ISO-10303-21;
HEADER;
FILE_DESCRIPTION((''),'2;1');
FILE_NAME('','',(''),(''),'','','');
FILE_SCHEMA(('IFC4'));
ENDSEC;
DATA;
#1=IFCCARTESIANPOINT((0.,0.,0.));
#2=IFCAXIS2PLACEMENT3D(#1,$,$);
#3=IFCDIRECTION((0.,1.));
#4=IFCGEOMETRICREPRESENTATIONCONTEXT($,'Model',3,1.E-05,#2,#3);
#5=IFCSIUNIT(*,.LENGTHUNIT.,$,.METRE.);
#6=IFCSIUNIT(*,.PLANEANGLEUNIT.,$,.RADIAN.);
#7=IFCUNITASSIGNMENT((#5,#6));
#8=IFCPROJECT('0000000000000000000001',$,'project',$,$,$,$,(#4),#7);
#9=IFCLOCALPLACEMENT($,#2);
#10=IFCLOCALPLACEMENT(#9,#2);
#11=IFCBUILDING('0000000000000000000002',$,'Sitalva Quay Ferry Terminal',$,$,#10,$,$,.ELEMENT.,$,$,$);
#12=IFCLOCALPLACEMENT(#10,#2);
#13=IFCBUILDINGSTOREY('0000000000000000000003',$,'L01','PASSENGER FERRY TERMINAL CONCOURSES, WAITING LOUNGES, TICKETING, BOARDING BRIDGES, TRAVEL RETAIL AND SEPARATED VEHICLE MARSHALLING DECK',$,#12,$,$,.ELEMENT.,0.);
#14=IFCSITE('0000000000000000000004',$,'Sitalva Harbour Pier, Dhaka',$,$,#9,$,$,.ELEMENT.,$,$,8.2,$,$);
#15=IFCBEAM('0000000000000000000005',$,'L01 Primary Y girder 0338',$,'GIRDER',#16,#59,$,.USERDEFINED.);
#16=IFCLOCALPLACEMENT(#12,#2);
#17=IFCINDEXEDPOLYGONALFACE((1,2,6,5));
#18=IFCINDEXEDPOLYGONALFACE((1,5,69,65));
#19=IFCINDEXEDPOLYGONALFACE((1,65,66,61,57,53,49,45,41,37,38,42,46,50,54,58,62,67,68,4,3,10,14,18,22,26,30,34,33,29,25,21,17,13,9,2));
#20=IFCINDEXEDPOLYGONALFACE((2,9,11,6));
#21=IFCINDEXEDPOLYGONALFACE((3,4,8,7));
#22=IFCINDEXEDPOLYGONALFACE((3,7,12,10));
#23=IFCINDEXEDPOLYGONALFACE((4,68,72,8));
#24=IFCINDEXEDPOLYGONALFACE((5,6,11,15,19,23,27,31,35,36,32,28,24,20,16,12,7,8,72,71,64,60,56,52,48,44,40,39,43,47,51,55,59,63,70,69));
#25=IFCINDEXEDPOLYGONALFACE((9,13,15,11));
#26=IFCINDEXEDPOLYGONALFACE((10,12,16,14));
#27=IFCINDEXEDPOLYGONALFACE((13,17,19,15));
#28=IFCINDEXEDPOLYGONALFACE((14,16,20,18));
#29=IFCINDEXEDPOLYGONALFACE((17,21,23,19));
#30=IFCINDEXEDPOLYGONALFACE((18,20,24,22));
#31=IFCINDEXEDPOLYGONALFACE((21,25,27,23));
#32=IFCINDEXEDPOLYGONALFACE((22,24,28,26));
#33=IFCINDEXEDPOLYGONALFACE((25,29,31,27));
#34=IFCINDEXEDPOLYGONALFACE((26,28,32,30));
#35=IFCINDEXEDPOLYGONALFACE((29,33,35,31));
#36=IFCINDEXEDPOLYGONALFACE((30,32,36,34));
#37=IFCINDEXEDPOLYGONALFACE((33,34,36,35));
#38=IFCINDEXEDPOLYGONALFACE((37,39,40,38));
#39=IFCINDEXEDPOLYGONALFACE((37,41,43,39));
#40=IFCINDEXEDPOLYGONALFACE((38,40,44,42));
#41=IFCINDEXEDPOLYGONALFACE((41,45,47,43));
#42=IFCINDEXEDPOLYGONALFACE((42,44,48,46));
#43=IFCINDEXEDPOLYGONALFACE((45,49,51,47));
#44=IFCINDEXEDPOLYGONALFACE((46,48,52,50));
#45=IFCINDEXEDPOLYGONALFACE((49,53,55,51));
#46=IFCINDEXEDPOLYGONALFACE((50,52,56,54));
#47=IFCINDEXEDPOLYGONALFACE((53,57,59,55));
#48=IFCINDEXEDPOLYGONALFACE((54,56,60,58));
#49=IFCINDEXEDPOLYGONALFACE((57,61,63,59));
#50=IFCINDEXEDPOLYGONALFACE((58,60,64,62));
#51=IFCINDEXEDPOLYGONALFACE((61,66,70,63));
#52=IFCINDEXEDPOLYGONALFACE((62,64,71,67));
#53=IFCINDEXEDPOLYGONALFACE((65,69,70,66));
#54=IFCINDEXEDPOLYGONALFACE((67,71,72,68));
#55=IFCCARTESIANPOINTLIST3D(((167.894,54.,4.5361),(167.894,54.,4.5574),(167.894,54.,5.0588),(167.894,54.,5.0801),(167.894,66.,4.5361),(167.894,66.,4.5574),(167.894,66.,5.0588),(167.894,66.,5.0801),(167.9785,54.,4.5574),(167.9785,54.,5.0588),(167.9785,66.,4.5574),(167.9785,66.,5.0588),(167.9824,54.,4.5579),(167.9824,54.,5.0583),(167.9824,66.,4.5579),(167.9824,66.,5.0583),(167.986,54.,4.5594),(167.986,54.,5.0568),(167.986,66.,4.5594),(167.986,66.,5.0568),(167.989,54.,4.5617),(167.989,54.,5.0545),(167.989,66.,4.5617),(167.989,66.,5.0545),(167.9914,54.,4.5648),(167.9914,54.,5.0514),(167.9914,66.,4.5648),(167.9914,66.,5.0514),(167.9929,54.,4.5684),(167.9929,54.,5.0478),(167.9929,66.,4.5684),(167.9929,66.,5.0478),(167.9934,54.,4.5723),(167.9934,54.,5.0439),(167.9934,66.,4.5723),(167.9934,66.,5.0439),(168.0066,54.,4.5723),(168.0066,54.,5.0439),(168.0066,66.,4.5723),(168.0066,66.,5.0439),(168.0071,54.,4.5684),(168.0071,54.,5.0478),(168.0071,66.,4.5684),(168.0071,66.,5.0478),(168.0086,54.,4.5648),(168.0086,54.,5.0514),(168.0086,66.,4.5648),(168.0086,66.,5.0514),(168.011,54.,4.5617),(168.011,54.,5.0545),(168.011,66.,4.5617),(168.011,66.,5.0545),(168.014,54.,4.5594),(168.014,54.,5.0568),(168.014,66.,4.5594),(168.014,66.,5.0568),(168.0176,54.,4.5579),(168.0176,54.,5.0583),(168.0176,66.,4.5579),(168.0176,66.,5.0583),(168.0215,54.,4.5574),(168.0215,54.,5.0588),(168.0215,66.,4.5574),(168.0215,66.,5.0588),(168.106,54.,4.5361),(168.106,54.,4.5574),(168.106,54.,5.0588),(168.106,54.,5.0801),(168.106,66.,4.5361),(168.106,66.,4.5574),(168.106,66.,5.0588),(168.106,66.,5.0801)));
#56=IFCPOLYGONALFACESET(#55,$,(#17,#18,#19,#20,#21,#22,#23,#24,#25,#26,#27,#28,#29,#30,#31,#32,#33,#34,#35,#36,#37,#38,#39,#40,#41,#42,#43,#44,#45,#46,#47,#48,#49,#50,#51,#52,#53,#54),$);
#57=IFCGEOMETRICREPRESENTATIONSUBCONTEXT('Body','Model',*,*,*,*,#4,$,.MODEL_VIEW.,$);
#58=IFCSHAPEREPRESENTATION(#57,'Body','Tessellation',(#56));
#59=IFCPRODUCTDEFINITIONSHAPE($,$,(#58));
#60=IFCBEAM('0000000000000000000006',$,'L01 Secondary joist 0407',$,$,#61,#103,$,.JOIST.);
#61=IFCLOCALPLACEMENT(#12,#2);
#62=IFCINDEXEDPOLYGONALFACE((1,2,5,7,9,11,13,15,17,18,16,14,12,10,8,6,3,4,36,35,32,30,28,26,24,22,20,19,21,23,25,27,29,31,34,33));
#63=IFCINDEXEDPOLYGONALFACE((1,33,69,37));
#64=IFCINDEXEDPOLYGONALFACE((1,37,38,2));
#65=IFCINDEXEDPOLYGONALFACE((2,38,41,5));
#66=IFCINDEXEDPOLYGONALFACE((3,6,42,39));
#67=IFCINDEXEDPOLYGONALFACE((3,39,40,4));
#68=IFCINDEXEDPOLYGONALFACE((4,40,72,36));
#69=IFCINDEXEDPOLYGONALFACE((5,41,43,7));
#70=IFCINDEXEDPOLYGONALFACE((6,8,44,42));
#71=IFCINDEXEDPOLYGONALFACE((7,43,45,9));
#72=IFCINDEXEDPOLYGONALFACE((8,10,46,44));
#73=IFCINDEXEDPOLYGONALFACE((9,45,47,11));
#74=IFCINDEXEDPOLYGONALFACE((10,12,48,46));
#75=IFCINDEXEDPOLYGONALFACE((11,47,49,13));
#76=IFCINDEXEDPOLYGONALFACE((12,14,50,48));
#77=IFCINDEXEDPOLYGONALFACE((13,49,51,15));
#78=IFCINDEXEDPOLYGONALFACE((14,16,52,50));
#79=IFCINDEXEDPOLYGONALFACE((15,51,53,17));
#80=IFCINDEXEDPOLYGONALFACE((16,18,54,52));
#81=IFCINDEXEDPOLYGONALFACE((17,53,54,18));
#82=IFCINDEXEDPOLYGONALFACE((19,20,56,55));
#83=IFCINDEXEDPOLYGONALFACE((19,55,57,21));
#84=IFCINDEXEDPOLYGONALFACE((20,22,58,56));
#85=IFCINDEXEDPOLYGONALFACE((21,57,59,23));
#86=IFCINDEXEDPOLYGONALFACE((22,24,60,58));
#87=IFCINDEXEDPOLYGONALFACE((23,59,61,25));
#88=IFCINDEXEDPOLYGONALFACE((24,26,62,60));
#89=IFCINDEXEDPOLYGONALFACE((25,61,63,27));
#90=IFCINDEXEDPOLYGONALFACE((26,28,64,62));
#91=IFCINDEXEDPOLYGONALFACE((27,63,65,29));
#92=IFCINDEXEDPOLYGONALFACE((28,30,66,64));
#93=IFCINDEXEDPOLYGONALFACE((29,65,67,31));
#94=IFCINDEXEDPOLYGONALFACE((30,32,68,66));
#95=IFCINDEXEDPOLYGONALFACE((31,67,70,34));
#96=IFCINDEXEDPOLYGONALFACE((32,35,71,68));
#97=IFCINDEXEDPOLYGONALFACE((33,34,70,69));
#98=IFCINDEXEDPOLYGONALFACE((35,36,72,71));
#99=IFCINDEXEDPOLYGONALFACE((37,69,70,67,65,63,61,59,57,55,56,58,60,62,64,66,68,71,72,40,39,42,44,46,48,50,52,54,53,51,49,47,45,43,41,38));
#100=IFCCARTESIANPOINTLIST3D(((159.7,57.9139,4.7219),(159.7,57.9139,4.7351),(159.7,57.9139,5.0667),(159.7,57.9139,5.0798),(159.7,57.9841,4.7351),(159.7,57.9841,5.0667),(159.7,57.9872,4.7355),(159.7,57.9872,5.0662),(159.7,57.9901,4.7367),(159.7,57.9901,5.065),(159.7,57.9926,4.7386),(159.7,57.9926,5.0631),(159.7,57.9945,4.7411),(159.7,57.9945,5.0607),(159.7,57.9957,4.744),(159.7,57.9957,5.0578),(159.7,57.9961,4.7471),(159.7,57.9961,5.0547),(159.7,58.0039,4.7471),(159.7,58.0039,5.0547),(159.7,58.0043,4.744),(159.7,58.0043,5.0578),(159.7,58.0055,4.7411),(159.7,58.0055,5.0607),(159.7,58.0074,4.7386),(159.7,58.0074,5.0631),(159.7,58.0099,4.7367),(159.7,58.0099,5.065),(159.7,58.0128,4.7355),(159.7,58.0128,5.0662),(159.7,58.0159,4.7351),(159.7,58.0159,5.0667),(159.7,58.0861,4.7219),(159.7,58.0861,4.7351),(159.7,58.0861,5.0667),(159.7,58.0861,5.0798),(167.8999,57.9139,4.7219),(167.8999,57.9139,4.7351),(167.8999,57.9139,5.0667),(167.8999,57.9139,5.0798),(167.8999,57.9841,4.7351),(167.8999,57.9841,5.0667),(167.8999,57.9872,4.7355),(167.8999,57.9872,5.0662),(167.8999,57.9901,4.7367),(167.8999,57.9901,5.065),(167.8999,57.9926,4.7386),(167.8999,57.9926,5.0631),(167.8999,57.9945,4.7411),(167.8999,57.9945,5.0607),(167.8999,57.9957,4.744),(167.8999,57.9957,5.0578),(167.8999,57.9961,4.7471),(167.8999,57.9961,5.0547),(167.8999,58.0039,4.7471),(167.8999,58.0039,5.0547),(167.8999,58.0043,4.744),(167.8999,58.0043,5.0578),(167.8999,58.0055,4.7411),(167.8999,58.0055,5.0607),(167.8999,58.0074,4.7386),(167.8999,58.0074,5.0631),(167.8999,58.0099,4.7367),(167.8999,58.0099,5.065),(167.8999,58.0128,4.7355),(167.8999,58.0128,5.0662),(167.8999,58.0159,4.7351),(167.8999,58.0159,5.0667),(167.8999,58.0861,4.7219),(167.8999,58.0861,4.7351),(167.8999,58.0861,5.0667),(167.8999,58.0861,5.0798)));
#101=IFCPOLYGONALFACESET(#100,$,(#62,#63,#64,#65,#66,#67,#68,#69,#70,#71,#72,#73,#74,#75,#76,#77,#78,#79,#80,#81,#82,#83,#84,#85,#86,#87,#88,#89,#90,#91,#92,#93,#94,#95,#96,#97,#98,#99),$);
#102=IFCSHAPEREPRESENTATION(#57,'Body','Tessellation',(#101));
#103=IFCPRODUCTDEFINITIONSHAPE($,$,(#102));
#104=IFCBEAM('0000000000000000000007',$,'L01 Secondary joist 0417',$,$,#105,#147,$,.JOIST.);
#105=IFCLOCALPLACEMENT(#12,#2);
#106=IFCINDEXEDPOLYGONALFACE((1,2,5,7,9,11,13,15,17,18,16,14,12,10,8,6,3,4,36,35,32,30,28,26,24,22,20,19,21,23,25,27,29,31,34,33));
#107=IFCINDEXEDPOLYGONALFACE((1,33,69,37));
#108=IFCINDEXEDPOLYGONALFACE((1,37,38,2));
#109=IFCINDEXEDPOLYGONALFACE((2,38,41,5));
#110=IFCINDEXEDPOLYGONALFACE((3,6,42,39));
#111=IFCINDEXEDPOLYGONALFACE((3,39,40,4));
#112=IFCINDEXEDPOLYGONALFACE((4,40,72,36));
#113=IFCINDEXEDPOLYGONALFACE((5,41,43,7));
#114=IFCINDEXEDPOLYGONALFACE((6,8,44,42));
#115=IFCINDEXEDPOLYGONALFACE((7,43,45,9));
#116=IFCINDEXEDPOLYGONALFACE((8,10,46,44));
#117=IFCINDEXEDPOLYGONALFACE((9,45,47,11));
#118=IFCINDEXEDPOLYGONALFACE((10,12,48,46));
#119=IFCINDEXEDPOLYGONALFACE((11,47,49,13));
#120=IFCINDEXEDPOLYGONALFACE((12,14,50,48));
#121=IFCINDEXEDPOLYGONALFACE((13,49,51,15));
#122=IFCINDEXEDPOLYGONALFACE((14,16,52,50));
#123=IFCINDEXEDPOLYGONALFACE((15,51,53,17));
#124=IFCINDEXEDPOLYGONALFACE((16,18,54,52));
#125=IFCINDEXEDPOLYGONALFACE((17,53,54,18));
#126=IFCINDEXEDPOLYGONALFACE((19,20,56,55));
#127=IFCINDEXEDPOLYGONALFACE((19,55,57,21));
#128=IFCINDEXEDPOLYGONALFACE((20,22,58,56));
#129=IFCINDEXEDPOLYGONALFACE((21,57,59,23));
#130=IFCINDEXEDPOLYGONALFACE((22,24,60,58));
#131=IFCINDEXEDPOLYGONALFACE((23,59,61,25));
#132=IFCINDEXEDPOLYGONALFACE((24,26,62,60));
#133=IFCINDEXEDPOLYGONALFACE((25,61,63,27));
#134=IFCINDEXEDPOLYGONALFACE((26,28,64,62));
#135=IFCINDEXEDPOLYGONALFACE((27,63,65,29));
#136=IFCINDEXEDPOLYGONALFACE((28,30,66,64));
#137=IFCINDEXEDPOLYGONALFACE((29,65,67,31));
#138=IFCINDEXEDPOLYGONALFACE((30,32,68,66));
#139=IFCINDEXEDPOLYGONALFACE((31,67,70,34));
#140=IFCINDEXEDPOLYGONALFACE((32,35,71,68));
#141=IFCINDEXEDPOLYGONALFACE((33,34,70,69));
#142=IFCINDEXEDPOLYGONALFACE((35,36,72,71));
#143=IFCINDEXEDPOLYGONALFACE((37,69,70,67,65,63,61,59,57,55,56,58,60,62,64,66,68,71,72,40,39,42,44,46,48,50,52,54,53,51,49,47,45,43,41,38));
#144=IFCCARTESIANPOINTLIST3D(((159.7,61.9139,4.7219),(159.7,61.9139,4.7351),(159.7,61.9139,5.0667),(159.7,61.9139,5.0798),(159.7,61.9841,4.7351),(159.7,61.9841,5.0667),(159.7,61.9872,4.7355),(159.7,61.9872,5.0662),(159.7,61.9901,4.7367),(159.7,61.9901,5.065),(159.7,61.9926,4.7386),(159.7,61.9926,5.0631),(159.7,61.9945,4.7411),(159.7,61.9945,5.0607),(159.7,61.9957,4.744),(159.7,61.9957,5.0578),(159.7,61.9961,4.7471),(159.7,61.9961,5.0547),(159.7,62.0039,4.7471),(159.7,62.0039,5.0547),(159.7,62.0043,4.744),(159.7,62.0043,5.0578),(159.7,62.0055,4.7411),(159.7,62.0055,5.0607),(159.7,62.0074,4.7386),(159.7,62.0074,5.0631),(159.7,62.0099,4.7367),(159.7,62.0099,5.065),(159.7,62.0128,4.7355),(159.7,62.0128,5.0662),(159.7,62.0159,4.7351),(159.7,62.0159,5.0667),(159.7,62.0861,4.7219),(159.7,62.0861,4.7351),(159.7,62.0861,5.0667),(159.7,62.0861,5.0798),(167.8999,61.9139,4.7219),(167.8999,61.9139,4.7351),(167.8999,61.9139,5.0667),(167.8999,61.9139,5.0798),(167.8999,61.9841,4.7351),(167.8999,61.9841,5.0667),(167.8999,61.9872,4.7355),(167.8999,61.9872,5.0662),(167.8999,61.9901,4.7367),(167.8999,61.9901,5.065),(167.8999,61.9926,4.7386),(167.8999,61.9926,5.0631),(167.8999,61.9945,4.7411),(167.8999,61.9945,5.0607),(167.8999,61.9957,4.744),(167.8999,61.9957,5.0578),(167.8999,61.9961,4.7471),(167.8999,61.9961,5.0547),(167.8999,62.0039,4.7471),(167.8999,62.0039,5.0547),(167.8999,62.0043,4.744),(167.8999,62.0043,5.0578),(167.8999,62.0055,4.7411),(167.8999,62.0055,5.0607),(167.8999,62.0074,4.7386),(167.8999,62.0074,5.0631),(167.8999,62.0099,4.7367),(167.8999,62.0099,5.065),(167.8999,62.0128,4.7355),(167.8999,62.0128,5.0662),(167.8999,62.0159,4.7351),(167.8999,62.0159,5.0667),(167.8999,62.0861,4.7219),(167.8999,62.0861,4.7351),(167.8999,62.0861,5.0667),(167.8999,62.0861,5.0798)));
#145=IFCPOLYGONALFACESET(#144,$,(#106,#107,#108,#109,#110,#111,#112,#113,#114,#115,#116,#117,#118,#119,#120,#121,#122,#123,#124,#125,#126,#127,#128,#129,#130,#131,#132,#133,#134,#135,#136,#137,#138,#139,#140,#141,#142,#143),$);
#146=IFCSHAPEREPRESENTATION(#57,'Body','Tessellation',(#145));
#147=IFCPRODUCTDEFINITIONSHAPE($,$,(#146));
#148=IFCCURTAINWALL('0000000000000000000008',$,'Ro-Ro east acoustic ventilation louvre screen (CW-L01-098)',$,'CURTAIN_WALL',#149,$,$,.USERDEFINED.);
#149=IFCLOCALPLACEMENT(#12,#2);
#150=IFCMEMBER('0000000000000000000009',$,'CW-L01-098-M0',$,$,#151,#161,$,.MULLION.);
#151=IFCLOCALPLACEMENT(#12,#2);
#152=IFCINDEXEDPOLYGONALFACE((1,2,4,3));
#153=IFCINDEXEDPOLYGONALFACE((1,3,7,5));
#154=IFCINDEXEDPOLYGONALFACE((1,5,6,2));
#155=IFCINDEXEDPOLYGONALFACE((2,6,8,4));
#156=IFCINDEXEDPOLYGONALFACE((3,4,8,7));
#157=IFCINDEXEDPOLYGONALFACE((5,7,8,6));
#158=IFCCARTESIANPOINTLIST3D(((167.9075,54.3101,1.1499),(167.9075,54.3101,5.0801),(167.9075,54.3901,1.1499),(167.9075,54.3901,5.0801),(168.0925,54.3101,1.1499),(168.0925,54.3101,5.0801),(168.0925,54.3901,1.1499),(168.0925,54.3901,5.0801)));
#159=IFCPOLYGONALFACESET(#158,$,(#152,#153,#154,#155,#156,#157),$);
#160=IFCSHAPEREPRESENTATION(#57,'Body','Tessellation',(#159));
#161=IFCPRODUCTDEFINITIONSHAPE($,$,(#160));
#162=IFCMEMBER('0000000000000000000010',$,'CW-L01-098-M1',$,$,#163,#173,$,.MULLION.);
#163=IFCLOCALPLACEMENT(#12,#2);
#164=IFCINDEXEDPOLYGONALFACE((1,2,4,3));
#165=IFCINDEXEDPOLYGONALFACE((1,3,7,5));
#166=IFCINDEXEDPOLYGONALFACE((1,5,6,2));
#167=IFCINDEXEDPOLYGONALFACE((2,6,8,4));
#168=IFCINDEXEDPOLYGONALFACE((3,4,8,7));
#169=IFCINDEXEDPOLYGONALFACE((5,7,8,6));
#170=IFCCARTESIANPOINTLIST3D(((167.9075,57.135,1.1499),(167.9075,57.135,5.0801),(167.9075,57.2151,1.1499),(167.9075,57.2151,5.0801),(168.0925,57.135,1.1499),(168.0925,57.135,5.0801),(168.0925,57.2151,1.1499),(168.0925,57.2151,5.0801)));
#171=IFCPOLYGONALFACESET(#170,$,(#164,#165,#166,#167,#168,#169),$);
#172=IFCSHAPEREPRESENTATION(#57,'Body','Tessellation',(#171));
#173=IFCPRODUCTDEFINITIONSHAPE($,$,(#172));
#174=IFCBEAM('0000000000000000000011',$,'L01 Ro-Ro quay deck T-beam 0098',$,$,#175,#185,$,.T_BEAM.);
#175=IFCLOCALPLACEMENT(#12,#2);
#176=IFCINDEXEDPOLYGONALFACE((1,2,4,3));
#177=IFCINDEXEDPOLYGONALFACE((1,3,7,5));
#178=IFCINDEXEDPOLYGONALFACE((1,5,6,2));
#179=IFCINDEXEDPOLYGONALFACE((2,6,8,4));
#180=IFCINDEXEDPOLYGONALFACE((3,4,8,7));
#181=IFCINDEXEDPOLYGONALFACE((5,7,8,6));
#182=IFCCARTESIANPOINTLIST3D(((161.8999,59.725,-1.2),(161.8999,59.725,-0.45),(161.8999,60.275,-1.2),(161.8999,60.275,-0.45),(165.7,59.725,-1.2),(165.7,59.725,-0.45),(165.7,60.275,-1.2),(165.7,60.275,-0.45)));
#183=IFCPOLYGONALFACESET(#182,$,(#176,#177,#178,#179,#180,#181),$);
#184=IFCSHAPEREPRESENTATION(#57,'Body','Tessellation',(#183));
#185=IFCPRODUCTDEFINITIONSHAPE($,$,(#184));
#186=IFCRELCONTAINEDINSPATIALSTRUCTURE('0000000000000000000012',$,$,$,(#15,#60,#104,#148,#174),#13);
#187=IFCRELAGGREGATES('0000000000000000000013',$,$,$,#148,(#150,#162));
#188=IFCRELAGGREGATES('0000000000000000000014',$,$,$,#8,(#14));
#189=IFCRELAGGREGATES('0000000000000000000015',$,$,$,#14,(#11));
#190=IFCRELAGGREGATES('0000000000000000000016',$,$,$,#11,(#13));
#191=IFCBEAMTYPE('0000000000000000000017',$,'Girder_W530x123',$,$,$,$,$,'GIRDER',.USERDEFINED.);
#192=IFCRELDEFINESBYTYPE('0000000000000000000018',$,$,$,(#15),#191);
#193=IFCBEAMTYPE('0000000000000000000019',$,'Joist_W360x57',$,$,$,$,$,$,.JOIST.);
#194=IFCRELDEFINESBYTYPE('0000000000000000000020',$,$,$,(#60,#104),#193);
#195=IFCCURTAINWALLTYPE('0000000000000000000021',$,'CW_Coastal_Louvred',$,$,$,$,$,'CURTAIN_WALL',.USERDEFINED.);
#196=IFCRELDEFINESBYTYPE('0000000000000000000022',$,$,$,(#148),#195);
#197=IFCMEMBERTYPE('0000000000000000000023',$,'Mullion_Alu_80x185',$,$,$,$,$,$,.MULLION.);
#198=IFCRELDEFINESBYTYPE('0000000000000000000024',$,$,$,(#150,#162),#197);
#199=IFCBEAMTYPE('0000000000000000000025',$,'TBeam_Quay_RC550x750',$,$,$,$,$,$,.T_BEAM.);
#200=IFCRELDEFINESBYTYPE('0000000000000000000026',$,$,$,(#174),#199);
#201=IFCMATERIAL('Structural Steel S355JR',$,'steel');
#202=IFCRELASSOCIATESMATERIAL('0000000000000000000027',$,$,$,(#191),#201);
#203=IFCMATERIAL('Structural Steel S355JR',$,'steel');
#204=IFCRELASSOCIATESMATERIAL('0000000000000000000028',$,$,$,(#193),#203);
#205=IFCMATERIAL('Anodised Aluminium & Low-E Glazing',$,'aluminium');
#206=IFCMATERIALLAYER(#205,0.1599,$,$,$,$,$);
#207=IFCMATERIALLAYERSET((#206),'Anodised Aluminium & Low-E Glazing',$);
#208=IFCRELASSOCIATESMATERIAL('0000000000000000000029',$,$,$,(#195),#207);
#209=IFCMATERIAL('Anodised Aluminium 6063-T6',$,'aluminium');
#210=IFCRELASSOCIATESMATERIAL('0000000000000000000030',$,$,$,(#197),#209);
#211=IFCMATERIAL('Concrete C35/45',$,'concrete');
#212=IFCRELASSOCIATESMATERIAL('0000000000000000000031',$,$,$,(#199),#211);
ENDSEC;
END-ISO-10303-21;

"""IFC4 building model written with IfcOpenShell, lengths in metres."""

from ifc_helpers import new_model, si_unit, direction, frame, origin, origin_2d, place, context, subcontext, project, spatial, rectangle, i_section, extrude, material, layer, layer_set, material_profile, profile_set, type_object, element, aggregate, save


model = new_model("IFC4")

# Units and contexts
model_context = context("Model", 3, precision=1e-05, world=origin(), true_north=direction((0.0, 1.0)))
body_context = subcontext(model_context, "Body", "Model", "MODEL_VIEW")
ifc_project = project(units=[si_unit("LENGTHUNIT", "METRE"), si_unit("PLANEANGLEUNIT", "RADIAN")], contexts=[model_context])

# Site, building, storey
site_placement = place(None, origin())
site = spatial("IfcSite", under=ifc_project, at=site_placement, Name="Sitalva Harbour Pier, Dhaka", CompositionType="ELEMENT", RefElevation=8.2)
building_placement = place(site_placement, origin())
building = spatial("IfcBuilding", under=site, at=building_placement, Name="Sitalva Quay Ferry Terminal", CompositionType="ELEMENT")
storey_placement = place(building_placement, origin())
storey = spatial("IfcBuildingStorey", under=building, at=storey_placement, Name="L01", Description="PASSENGER FERRY TERMINAL CONCOURSES, WAITING LOUNGES, TICKETING, BOARDING BRIDGES, TRAVEL RETAIL AND SEPARATED VEHICLE MARSHALLING DECK", CompositionType="ELEMENT", Elevation=0.0)

# Beams
ifc_material_1 = material(Name="Structural Steel S355JR", Category="steel")
ifc_material_profile_1 = material_profile(ifc_material_1, i_section(OverallWidth=0.2119, OverallDepth=0.5439, WebThickness=0.0132, FlangeThickness=0.0212, FilletRadius=0.0149, at=origin_2d()), Name="W530x123")
ifc_profile_set_1 = profile_set([ifc_material_profile_1], Name="Structural Steel S355JR")
beam_type_1 = type_object("IfcBeamType", Name="Girder_W530x123", ElementType="GIRDER", PredefinedType="USERDEFINED", material=ifc_profile_set_1)
beam_1_placement = place(storey_placement, frame((168.0, 54.0, 4.8081), z_axis=(0.0, 1.0, 0.0), x_axis=(-1.0, 0.0, 0.0)))
element("IfcBeam", 1, at=beam_1_placement, inside=storey, type_object=beam_type_1, Name="L01 Primary Y girder 0338", ObjectType="GIRDER", PredefinedType="USERDEFINED", context=body_context, shape_type="SweptSolid", body=[
    extrude(i_section(OverallWidth=0.2119, OverallDepth=0.5439, WebThickness=0.0132, FlangeThickness=0.0212, FilletRadius=0.0149, at=origin_2d()), origin(), (0.0, 0.0, 1.0), 12.0),
])
ifc_material_2 = material(Name="Structural Steel S355JR", Category="steel")
ifc_material_profile_2 = material_profile(ifc_material_2, i_section(OverallWidth=0.1721, OverallDepth=0.3579, WebThickness=0.0078, FlangeThickness=0.0132, FilletRadius=0.012, at=origin_2d()), Name="W360x57")
ifc_profile_set_2 = profile_set([ifc_material_profile_2], Name="Structural Steel S355JR")
beam_type_2 = type_object("IfcBeamType", Name="Joist_W360x57", PredefinedType="JOIST", material=ifc_profile_set_2)
for number, where, z_axis, x_axis, name in (
    (2, (159.7, 58.0, 4.9009), (1.0, 0.0, 0.0), (0.0, 1.0, 0.0), "L01 Secondary joist 0407"),
    (3, (159.7, 62.0, 4.9009), (1.0, 0.0, 0.0), (0.0, 1.0, 0.0), "L01 Secondary joist 0417"),
):
    element("IfcBeam", number, at=place(storey_placement, frame(where, z_axis=z_axis, x_axis=x_axis)), inside=storey, type_object=beam_type_2, Name=name, PredefinedType="JOIST", context=body_context, shape_type="SweptSolid", body=[
        extrude(i_section(OverallWidth=0.1721, OverallDepth=0.3579, WebThickness=0.0078, FlangeThickness=0.0132, FilletRadius=0.012, at=origin_2d()), origin(), (0.0, 0.0, 1.0), 8.2),
    ])

# Curtain wall, members
ifc_material_3 = material(Name="Anodised Aluminium & Low-E Glazing", Category="aluminium")
ifc_layer_1 = layer(ifc_material_3, 0.1599)
ifc_layer_set_1 = layer_set([ifc_layer_1], Name="Anodised Aluminium & Low-E Glazing")
curtain_wall_type = type_object("IfcCurtainWallType", Name="CW_Coastal_Louvred", ElementType="CURTAIN_WALL", PredefinedType="USERDEFINED", material=ifc_layer_set_1)
curtain_wall_placement = place(storey_placement, origin())
curtain_wall = element("IfcCurtainWall", 4, at=curtain_wall_placement, inside=storey, type_object=curtain_wall_type, Name="Ro-Ro east acoustic ventilation louvre screen (CW-L01-098)", ObjectType="CURTAIN_WALL", PredefinedType="USERDEFINED")
ifc_material_4 = material(Name="Anodised Aluminium 6063-T6", Category="aluminium")
ifc_material_profile_3 = material_profile(ifc_material_4, rectangle(XDim=0.0801, YDim=0.1851, at=origin_2d()), Name="ALU80x185")
ifc_profile_set_3 = profile_set([ifc_material_profile_3], Name="Anodised Aluminium 6063-T6")
member_type_1 = type_object("IfcMemberType", Name="Mullion_Alu_80x185", PredefinedType="MULLION", material=ifc_profile_set_3)
member_1_placement = place(storey_placement, frame((168.0, 54.3501, 1.1499), z_axis=(0.0, 0.0, 1.0), x_axis=(0.0, 1.0, 0.0)))
member_1 = element("IfcMember", 5, at=member_1_placement, type_object=member_type_1, Name="CW-L01-098-M0", PredefinedType="MULLION", context=body_context, shape_type="SweptSolid", body=[
    extrude(rectangle(XDim=0.0801, YDim=0.1851, at=origin_2d()), origin(), (0.0, 0.0, 1.0), 3.9302),
])
member_2_placement = place(storey_placement, frame((168.0, 57.175, 1.1499), z_axis=(0.0, 0.0, 1.0), x_axis=(0.0, 1.0, 0.0)))
member_2 = element("IfcMember", 6, at=member_2_placement, type_object=member_type_1, Name="CW-L01-098-M1", PredefinedType="MULLION", context=body_context, shape_type="SweptSolid", body=[
    extrude(rectangle(XDim=0.0801, YDim=0.1851, at=origin_2d()), origin(), (0.0, 0.0, 1.0), 3.9302),
])

# Beam
ifc_material_5 = material(Name="Concrete C35/45", Category="concrete")
ifc_material_profile_4 = material_profile(ifc_material_5, rectangle(XDim=0.55, YDim=0.75, at=origin_2d()), Name="RC550x750")
ifc_profile_set_4 = profile_set([ifc_material_profile_4], Name="Concrete C35/45")
beam_type_3 = type_object("IfcBeamType", Name="TBeam_Quay_RC550x750", PredefinedType="T_BEAM", material=ifc_profile_set_4)
beam_2_placement = place(storey_placement, frame((161.8999, 60.0, -0.825), z_axis=(1.0, 0.0, 0.0), x_axis=(0.0, 1.0, 0.0)))
element("IfcBeam", 7, at=beam_2_placement, inside=storey, type_object=beam_type_3, Name="L01 Ro-Ro quay deck T-beam 0098", PredefinedType="T_BEAM", context=body_context, shape_type="SweptSolid", body=[
    extrude(rectangle(XDim=0.55, YDim=0.75, at=origin_2d()), origin(), (0.0, 0.0, 1.0), 3.8),
])

aggregate(curtain_wall, [member_1, member_2])

save(model, "model.ifc")
